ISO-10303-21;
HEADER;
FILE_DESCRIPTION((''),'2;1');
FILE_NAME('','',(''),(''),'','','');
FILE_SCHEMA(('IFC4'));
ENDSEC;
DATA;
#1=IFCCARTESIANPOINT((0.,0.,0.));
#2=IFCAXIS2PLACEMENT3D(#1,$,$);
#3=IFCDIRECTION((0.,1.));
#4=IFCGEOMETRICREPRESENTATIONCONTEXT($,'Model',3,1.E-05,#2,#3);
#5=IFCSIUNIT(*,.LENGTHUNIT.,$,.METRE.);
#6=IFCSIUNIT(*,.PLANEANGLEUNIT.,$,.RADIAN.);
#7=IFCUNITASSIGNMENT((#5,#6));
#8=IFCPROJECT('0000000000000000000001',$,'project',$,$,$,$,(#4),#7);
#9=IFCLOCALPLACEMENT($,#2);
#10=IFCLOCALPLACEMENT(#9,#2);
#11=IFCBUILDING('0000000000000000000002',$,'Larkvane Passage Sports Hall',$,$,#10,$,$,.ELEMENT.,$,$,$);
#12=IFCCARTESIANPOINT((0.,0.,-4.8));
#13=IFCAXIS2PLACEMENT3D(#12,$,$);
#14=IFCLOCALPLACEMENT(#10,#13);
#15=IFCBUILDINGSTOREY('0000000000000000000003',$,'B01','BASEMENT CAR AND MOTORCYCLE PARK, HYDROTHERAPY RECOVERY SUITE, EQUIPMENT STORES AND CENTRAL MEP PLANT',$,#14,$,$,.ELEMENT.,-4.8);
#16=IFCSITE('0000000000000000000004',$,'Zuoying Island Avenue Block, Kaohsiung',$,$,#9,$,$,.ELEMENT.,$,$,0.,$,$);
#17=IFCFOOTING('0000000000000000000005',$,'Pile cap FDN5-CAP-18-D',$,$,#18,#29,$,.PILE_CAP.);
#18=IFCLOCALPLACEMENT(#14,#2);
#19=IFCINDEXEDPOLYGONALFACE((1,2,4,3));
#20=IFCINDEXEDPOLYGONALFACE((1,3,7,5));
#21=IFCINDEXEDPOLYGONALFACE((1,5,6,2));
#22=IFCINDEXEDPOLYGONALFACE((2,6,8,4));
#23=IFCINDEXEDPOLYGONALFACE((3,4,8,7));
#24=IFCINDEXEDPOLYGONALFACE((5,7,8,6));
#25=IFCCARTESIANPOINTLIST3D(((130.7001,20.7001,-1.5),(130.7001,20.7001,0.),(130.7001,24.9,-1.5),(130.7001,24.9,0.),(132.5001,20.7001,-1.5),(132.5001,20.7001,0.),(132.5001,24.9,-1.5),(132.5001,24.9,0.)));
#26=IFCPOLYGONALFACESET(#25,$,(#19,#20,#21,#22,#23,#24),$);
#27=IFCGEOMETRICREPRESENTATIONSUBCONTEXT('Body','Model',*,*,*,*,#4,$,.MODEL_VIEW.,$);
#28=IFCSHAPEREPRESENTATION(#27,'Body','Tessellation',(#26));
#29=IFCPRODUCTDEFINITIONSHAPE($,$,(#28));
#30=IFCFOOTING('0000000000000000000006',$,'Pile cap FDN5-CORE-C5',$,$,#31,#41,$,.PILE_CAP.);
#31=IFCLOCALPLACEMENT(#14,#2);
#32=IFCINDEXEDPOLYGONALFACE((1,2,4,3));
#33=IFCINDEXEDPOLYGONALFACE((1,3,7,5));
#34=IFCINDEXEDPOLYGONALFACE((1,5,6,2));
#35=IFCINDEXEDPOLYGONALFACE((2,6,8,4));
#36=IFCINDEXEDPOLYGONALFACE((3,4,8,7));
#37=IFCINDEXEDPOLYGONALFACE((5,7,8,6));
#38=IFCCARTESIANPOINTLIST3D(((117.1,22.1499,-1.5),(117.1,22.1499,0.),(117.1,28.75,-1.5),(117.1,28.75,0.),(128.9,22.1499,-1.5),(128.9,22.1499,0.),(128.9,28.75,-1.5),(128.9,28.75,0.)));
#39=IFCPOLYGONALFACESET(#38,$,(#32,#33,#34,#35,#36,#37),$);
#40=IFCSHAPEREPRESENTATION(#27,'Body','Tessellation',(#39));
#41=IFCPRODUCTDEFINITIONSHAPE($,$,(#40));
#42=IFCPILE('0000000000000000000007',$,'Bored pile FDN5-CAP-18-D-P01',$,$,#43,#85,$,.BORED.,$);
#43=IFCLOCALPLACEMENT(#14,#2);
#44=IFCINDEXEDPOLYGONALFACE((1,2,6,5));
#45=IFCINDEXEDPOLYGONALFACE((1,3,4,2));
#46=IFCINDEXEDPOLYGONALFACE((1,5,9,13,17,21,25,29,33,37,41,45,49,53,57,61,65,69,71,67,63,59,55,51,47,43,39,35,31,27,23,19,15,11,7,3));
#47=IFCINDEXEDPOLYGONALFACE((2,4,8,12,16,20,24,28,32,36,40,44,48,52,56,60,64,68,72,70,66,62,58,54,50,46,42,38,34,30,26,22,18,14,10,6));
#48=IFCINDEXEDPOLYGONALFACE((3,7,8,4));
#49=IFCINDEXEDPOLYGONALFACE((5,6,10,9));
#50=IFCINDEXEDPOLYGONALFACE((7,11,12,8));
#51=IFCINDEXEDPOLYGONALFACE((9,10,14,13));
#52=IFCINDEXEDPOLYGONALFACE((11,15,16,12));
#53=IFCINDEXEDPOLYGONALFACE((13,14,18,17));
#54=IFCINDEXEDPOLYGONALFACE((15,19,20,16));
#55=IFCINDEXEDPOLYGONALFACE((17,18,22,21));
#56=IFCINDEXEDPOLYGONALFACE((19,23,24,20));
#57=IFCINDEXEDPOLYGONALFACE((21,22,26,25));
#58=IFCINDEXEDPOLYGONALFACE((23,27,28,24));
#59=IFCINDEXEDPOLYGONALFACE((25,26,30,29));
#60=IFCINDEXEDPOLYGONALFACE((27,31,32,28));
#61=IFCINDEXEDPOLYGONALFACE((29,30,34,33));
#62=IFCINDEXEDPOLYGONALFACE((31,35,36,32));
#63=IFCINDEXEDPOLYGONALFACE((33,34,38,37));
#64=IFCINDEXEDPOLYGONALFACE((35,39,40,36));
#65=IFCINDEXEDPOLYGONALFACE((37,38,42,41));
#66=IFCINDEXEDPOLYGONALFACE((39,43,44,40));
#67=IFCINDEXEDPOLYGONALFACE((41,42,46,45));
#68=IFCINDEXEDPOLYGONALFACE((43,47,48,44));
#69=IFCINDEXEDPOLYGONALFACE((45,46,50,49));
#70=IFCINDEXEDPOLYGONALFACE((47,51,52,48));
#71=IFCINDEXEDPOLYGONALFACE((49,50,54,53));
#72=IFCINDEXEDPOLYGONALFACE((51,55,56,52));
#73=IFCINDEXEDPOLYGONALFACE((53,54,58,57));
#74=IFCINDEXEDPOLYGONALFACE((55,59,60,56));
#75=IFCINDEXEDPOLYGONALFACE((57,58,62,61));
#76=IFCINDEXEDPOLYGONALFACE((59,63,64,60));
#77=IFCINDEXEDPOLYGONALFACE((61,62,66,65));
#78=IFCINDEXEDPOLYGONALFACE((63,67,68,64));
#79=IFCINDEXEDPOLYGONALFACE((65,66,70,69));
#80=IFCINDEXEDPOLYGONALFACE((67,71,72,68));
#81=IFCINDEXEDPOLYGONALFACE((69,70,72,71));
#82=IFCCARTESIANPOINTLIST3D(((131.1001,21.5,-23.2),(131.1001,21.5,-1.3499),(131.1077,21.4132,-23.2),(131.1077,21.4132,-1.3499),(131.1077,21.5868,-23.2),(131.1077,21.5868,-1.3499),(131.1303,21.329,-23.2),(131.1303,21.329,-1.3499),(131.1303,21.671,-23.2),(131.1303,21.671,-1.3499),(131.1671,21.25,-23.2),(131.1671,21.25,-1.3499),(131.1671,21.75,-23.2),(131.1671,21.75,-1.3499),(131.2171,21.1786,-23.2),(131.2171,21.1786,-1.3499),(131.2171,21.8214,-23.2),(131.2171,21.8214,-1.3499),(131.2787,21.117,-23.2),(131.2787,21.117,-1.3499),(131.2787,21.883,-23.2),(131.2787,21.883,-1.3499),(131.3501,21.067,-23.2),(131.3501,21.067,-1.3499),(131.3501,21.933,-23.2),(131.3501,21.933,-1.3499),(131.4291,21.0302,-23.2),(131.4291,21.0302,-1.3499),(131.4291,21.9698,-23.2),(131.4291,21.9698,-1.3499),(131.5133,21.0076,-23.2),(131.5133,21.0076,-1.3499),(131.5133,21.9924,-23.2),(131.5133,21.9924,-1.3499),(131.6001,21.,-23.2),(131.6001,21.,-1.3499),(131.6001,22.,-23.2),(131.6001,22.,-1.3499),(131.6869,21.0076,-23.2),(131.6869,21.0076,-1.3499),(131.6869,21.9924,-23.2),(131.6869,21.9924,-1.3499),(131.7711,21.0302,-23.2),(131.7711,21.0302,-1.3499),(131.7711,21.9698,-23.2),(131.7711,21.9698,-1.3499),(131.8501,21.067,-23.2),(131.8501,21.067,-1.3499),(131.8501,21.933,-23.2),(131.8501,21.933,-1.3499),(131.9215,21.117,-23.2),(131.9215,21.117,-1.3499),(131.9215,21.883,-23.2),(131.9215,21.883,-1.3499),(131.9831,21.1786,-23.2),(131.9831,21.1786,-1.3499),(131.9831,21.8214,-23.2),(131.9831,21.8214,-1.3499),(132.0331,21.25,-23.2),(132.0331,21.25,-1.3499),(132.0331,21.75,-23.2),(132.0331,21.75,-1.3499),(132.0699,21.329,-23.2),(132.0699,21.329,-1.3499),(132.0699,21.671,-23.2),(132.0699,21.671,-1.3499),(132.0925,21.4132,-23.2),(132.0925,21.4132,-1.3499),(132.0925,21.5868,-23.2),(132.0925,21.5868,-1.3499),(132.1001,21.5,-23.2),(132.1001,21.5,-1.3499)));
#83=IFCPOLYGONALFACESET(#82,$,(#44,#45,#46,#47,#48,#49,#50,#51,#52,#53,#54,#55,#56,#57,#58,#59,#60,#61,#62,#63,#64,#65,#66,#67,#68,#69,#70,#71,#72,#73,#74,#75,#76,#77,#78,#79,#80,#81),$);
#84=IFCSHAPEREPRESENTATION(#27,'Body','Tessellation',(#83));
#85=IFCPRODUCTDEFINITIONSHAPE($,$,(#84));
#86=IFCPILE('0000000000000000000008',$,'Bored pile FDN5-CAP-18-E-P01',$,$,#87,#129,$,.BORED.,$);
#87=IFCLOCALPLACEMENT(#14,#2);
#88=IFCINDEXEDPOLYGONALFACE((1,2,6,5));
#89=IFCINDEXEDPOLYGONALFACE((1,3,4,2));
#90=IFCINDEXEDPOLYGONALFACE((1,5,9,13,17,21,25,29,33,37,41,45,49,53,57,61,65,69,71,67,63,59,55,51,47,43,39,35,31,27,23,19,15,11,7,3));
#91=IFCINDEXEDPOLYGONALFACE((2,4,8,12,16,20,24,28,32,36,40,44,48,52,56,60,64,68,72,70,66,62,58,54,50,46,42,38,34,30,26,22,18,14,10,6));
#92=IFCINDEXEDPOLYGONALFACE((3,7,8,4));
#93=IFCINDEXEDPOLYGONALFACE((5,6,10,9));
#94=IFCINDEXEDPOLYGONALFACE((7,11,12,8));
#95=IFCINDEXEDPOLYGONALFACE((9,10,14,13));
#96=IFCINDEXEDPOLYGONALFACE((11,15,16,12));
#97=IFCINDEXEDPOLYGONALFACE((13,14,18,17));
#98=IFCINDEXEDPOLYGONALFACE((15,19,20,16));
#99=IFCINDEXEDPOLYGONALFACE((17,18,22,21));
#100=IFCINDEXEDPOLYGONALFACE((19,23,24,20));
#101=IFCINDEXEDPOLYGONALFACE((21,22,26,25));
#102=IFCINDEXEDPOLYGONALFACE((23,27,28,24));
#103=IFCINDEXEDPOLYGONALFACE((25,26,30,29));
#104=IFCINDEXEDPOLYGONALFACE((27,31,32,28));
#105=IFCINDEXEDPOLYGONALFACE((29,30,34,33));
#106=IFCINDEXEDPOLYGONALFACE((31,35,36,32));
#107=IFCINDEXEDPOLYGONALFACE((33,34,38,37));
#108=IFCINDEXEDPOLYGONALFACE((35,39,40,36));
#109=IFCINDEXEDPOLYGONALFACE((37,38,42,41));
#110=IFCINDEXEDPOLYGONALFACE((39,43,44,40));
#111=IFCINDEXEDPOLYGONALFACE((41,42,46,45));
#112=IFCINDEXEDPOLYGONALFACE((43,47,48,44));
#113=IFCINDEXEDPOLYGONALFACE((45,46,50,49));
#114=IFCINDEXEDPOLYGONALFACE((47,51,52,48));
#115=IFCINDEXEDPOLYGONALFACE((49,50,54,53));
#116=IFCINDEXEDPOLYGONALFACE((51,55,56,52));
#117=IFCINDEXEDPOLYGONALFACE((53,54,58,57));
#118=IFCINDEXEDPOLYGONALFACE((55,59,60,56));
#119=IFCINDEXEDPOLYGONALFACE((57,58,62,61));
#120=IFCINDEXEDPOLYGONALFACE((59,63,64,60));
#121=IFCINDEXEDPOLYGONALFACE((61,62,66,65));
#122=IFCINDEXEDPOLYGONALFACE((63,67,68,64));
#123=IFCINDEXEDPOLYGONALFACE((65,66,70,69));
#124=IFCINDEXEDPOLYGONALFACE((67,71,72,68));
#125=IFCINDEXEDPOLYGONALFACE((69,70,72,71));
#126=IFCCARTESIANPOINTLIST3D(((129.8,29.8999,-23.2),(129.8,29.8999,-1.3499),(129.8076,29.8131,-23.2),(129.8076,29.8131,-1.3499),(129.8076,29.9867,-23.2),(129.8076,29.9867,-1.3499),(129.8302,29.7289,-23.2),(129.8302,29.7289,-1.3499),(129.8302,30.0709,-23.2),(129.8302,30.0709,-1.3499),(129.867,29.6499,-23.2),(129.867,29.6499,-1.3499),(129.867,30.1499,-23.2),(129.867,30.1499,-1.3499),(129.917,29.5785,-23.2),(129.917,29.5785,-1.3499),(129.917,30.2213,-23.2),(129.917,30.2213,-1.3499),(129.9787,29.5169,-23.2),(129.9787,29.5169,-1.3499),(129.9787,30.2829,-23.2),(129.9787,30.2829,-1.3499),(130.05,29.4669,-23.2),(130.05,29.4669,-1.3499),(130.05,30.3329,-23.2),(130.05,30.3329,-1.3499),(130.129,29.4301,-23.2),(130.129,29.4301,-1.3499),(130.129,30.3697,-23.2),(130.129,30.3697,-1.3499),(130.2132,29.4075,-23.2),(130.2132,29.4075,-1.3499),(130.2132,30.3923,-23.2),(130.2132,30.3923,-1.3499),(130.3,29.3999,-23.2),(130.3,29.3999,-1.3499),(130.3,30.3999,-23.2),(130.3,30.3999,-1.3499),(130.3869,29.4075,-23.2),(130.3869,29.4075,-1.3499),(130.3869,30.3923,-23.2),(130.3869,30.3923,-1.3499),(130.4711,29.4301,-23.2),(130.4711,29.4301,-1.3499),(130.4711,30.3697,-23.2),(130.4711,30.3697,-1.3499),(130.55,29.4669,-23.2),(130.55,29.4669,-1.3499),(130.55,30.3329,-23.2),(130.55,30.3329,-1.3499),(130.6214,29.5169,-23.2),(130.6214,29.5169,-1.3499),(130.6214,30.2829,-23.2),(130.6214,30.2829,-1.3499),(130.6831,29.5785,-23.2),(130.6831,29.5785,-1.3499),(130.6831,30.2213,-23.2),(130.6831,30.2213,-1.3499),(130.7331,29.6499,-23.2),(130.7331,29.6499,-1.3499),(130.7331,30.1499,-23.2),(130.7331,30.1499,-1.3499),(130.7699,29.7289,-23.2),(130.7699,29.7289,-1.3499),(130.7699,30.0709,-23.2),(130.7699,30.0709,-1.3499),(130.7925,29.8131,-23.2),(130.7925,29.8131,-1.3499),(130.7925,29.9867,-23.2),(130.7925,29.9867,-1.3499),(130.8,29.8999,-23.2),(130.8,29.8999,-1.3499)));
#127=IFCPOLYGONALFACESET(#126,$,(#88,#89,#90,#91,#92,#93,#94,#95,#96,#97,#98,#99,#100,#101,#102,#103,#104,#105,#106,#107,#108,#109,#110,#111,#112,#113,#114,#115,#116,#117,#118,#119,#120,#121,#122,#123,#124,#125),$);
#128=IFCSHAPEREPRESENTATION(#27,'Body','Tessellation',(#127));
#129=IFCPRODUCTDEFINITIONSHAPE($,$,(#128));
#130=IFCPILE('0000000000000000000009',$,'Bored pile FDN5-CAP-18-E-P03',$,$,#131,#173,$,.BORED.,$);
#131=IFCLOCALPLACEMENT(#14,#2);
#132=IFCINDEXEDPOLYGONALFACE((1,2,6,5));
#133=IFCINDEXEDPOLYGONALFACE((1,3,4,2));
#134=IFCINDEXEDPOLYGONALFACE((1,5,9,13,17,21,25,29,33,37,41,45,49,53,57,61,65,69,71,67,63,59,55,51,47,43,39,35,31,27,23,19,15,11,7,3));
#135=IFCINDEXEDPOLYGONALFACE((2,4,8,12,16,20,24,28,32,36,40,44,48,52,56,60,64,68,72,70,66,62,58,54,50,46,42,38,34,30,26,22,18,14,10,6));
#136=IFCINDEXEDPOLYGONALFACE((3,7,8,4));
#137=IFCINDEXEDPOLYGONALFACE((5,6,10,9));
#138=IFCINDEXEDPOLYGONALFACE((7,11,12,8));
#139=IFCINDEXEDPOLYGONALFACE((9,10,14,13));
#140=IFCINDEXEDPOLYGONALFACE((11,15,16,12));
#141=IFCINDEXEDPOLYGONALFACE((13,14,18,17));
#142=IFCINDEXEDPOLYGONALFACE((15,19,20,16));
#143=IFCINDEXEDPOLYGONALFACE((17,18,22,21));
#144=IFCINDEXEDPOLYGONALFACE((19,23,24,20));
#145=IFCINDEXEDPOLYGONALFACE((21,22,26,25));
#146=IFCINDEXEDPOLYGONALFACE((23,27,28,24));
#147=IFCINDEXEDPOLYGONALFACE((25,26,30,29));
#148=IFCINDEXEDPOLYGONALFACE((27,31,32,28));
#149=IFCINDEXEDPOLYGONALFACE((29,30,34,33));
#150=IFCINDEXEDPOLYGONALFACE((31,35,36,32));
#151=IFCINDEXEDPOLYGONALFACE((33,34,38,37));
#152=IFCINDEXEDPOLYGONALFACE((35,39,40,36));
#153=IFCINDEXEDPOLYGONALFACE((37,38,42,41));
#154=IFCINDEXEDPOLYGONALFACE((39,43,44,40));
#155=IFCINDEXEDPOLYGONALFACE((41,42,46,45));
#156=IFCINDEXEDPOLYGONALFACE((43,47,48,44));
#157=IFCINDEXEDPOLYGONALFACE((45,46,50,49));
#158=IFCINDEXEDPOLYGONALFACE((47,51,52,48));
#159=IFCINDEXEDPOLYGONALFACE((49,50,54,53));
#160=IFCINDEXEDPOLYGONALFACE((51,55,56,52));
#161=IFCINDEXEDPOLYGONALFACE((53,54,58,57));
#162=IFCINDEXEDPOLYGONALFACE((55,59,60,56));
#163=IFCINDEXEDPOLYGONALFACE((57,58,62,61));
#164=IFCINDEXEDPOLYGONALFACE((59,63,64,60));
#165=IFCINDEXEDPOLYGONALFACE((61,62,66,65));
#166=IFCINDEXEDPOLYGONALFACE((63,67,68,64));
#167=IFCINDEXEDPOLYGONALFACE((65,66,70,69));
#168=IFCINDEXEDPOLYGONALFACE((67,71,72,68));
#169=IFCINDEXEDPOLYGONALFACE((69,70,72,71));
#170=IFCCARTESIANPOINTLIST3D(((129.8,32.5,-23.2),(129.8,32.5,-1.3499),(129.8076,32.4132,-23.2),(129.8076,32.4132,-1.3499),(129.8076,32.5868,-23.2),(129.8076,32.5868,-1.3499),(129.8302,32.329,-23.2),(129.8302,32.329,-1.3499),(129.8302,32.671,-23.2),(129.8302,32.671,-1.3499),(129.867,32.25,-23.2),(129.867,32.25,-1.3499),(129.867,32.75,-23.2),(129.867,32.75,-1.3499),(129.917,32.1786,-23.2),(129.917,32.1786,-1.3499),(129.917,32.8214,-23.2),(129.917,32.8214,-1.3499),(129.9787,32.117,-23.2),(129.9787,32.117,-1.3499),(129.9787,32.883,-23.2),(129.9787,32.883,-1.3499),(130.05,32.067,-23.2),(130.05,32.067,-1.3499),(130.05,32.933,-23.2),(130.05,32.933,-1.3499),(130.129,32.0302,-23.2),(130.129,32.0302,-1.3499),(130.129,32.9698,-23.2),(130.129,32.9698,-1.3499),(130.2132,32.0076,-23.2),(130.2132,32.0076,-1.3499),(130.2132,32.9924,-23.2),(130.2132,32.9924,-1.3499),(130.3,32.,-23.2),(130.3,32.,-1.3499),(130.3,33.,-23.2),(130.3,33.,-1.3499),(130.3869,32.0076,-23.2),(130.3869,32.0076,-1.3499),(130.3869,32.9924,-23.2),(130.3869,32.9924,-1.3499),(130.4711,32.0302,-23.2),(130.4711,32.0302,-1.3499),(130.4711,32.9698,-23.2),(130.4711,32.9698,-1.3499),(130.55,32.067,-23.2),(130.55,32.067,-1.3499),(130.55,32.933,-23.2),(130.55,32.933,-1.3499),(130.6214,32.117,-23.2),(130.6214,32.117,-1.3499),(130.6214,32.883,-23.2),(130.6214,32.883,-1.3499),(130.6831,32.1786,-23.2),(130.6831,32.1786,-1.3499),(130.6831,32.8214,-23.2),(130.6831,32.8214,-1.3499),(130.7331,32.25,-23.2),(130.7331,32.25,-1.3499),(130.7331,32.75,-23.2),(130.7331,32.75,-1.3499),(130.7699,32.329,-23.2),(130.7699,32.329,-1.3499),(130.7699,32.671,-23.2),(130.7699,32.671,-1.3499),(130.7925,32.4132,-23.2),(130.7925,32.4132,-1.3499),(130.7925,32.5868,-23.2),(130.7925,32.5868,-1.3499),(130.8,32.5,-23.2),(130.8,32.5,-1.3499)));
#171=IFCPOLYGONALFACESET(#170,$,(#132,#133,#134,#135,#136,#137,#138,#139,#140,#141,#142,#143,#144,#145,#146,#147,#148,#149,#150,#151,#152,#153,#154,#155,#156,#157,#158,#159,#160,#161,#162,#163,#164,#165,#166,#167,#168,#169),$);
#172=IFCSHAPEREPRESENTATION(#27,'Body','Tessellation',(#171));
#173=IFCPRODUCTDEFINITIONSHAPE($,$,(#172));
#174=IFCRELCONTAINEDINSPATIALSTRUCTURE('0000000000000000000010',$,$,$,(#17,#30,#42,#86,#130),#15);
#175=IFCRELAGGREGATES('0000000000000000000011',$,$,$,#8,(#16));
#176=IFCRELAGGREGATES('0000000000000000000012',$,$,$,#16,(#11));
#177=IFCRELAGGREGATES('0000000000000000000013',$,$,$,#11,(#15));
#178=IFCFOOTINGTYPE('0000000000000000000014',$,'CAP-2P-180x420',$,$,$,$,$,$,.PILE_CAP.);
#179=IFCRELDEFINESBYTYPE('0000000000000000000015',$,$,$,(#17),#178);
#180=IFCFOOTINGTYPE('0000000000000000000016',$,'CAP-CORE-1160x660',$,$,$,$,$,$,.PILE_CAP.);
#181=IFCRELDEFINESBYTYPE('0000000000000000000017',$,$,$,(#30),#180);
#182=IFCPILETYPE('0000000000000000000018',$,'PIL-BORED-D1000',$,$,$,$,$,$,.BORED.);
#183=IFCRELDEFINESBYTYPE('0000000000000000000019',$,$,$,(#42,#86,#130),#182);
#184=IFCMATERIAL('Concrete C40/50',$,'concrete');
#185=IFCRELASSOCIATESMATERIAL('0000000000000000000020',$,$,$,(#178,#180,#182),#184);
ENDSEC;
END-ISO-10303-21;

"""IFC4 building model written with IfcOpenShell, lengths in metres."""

from ifc_helpers import new_model, si_unit, direction, frame, origin, origin_2d, place, context, subcontext, project, spatial, rectangle, circle, extrude, material, material_profile, profile_set, type_object, element, save


model = new_model("IFC4")

# Units and contexts
model_context = context("Model", 3, precision=1e-05, world=origin(), true_north=direction((0.0, 1.0)))
body_context = subcontext(model_context, "Body", "Model", "MODEL_VIEW")
ifc_project = project(units=[si_unit("LENGTHUNIT", "METRE"), si_unit("PLANEANGLEUNIT", "RADIAN")], contexts=[model_context])

# Site, building, storey
site_placement = place(None, origin())
site = spatial("IfcSite", under=ifc_project, at=site_placement, Name="Zuoying Island Avenue Block, Kaohsiung", CompositionType="ELEMENT", RefElevation=0.0)
building_placement = place(site_placement, origin())
building = spatial("IfcBuilding", under=site, at=building_placement, Name="Larkvane Passage Sports Hall", CompositionType="ELEMENT")
storey_placement = place(building_placement, frame((0.0, 0.0, -4.8)))
storey = spatial("IfcBuildingStorey", under=building, at=storey_placement, Name="B01", Description="BASEMENT CAR AND MOTORCYCLE PARK, HYDROTHERAPY RECOVERY SUITE, EQUIPMENT STORES AND CENTRAL MEP PLANT", CompositionType="ELEMENT", Elevation=-4.8)

# Footings
ifc_material_1 = material(Name="Concrete C40/50", Category="concrete")
footing_type_1 = type_object("IfcFootingType", Name="CAP-2P-180x420", PredefinedType="PILE_CAP", material=ifc_material_1)
footing_1_placement = place(storey_placement, frame((131.6001, 22.8, -1.5), z_axis=(0.0, 0.0, 1.0), x_axis=(1.0, 0.0, 0.0)))
element("IfcFooting", 1, at=footing_1_placement, inside=storey, type_object=footing_type_1, Name="Pile cap FDN5-CAP-18-D", PredefinedType="PILE_CAP", context=body_context, shape_type="SweptSolid", body=[
    extrude(rectangle(XDim=1.8, YDim=4.2, at=origin_2d()), origin(), (0.0, 0.0, 1.0), 1.5),
])
footing_type_2 = type_object("IfcFootingType", Name="CAP-CORE-1160x660", PredefinedType="PILE_CAP", material=ifc_material_1)
footing_2_placement = place(storey_placement, frame((123.0, 25.45, -1.5), z_axis=(0.0, 0.0, 1.0), x_axis=(1.0, 0.0, 0.0)))
element("IfcFooting", 2, at=footing_2_placement, inside=storey, type_object=footing_type_2, Name="Pile cap FDN5-CORE-C5", PredefinedType="PILE_CAP", context=body_context, shape_type="SweptSolid", body=[
    extrude(rectangle(XDim=11.8, YDim=6.6001, at=origin_2d()), origin(), (0.0, 0.0, 1.0), 1.5),
])

# Piles
ifc_material_profile_1 = material_profile(ifc_material_1, circle(Radius=0.5, at=origin_2d()), Name="PILE-D1000")
ifc_profile_set_1 = profile_set([ifc_material_profile_1], Name="Concrete C40/50")
pile_type_1 = type_object("IfcPileType", Name="PIL-BORED-D1000", PredefinedType="BORED", material=ifc_profile_set_1)
for number, where, z_axis, x_axis, name in (
    (3, (131.6001, 21.5, -1.3499), (0.0, 0.0, -1.0), (1.0, 0.0, 0.0), "Bored pile FDN5-CAP-18-D-P01"),
    (4, (130.3, 29.8999, -1.3499), (0.0, 0.0, -1.0), (1.0, 0.0, 0.0), "Bored pile FDN5-CAP-18-E-P01"),
    (5, (130.3, 32.5, -1.3499), (0.0, 0.0, -1.0), (1.0, 0.0, 0.0), "Bored pile FDN5-CAP-18-E-P03"),
):
    element("IfcPile", number, at=place(storey_placement, frame(where, z_axis=z_axis, x_axis=x_axis)), inside=storey, type_object=pile_type_1, Name=name, PredefinedType="BORED", context=body_context, shape_type="SweptSolid", body=[
        extrude(circle(Radius=0.5, at=origin_2d()), origin(), (0.0, 0.0, 1.0), 21.8501),
    ])

save(model, "model.ifc")
